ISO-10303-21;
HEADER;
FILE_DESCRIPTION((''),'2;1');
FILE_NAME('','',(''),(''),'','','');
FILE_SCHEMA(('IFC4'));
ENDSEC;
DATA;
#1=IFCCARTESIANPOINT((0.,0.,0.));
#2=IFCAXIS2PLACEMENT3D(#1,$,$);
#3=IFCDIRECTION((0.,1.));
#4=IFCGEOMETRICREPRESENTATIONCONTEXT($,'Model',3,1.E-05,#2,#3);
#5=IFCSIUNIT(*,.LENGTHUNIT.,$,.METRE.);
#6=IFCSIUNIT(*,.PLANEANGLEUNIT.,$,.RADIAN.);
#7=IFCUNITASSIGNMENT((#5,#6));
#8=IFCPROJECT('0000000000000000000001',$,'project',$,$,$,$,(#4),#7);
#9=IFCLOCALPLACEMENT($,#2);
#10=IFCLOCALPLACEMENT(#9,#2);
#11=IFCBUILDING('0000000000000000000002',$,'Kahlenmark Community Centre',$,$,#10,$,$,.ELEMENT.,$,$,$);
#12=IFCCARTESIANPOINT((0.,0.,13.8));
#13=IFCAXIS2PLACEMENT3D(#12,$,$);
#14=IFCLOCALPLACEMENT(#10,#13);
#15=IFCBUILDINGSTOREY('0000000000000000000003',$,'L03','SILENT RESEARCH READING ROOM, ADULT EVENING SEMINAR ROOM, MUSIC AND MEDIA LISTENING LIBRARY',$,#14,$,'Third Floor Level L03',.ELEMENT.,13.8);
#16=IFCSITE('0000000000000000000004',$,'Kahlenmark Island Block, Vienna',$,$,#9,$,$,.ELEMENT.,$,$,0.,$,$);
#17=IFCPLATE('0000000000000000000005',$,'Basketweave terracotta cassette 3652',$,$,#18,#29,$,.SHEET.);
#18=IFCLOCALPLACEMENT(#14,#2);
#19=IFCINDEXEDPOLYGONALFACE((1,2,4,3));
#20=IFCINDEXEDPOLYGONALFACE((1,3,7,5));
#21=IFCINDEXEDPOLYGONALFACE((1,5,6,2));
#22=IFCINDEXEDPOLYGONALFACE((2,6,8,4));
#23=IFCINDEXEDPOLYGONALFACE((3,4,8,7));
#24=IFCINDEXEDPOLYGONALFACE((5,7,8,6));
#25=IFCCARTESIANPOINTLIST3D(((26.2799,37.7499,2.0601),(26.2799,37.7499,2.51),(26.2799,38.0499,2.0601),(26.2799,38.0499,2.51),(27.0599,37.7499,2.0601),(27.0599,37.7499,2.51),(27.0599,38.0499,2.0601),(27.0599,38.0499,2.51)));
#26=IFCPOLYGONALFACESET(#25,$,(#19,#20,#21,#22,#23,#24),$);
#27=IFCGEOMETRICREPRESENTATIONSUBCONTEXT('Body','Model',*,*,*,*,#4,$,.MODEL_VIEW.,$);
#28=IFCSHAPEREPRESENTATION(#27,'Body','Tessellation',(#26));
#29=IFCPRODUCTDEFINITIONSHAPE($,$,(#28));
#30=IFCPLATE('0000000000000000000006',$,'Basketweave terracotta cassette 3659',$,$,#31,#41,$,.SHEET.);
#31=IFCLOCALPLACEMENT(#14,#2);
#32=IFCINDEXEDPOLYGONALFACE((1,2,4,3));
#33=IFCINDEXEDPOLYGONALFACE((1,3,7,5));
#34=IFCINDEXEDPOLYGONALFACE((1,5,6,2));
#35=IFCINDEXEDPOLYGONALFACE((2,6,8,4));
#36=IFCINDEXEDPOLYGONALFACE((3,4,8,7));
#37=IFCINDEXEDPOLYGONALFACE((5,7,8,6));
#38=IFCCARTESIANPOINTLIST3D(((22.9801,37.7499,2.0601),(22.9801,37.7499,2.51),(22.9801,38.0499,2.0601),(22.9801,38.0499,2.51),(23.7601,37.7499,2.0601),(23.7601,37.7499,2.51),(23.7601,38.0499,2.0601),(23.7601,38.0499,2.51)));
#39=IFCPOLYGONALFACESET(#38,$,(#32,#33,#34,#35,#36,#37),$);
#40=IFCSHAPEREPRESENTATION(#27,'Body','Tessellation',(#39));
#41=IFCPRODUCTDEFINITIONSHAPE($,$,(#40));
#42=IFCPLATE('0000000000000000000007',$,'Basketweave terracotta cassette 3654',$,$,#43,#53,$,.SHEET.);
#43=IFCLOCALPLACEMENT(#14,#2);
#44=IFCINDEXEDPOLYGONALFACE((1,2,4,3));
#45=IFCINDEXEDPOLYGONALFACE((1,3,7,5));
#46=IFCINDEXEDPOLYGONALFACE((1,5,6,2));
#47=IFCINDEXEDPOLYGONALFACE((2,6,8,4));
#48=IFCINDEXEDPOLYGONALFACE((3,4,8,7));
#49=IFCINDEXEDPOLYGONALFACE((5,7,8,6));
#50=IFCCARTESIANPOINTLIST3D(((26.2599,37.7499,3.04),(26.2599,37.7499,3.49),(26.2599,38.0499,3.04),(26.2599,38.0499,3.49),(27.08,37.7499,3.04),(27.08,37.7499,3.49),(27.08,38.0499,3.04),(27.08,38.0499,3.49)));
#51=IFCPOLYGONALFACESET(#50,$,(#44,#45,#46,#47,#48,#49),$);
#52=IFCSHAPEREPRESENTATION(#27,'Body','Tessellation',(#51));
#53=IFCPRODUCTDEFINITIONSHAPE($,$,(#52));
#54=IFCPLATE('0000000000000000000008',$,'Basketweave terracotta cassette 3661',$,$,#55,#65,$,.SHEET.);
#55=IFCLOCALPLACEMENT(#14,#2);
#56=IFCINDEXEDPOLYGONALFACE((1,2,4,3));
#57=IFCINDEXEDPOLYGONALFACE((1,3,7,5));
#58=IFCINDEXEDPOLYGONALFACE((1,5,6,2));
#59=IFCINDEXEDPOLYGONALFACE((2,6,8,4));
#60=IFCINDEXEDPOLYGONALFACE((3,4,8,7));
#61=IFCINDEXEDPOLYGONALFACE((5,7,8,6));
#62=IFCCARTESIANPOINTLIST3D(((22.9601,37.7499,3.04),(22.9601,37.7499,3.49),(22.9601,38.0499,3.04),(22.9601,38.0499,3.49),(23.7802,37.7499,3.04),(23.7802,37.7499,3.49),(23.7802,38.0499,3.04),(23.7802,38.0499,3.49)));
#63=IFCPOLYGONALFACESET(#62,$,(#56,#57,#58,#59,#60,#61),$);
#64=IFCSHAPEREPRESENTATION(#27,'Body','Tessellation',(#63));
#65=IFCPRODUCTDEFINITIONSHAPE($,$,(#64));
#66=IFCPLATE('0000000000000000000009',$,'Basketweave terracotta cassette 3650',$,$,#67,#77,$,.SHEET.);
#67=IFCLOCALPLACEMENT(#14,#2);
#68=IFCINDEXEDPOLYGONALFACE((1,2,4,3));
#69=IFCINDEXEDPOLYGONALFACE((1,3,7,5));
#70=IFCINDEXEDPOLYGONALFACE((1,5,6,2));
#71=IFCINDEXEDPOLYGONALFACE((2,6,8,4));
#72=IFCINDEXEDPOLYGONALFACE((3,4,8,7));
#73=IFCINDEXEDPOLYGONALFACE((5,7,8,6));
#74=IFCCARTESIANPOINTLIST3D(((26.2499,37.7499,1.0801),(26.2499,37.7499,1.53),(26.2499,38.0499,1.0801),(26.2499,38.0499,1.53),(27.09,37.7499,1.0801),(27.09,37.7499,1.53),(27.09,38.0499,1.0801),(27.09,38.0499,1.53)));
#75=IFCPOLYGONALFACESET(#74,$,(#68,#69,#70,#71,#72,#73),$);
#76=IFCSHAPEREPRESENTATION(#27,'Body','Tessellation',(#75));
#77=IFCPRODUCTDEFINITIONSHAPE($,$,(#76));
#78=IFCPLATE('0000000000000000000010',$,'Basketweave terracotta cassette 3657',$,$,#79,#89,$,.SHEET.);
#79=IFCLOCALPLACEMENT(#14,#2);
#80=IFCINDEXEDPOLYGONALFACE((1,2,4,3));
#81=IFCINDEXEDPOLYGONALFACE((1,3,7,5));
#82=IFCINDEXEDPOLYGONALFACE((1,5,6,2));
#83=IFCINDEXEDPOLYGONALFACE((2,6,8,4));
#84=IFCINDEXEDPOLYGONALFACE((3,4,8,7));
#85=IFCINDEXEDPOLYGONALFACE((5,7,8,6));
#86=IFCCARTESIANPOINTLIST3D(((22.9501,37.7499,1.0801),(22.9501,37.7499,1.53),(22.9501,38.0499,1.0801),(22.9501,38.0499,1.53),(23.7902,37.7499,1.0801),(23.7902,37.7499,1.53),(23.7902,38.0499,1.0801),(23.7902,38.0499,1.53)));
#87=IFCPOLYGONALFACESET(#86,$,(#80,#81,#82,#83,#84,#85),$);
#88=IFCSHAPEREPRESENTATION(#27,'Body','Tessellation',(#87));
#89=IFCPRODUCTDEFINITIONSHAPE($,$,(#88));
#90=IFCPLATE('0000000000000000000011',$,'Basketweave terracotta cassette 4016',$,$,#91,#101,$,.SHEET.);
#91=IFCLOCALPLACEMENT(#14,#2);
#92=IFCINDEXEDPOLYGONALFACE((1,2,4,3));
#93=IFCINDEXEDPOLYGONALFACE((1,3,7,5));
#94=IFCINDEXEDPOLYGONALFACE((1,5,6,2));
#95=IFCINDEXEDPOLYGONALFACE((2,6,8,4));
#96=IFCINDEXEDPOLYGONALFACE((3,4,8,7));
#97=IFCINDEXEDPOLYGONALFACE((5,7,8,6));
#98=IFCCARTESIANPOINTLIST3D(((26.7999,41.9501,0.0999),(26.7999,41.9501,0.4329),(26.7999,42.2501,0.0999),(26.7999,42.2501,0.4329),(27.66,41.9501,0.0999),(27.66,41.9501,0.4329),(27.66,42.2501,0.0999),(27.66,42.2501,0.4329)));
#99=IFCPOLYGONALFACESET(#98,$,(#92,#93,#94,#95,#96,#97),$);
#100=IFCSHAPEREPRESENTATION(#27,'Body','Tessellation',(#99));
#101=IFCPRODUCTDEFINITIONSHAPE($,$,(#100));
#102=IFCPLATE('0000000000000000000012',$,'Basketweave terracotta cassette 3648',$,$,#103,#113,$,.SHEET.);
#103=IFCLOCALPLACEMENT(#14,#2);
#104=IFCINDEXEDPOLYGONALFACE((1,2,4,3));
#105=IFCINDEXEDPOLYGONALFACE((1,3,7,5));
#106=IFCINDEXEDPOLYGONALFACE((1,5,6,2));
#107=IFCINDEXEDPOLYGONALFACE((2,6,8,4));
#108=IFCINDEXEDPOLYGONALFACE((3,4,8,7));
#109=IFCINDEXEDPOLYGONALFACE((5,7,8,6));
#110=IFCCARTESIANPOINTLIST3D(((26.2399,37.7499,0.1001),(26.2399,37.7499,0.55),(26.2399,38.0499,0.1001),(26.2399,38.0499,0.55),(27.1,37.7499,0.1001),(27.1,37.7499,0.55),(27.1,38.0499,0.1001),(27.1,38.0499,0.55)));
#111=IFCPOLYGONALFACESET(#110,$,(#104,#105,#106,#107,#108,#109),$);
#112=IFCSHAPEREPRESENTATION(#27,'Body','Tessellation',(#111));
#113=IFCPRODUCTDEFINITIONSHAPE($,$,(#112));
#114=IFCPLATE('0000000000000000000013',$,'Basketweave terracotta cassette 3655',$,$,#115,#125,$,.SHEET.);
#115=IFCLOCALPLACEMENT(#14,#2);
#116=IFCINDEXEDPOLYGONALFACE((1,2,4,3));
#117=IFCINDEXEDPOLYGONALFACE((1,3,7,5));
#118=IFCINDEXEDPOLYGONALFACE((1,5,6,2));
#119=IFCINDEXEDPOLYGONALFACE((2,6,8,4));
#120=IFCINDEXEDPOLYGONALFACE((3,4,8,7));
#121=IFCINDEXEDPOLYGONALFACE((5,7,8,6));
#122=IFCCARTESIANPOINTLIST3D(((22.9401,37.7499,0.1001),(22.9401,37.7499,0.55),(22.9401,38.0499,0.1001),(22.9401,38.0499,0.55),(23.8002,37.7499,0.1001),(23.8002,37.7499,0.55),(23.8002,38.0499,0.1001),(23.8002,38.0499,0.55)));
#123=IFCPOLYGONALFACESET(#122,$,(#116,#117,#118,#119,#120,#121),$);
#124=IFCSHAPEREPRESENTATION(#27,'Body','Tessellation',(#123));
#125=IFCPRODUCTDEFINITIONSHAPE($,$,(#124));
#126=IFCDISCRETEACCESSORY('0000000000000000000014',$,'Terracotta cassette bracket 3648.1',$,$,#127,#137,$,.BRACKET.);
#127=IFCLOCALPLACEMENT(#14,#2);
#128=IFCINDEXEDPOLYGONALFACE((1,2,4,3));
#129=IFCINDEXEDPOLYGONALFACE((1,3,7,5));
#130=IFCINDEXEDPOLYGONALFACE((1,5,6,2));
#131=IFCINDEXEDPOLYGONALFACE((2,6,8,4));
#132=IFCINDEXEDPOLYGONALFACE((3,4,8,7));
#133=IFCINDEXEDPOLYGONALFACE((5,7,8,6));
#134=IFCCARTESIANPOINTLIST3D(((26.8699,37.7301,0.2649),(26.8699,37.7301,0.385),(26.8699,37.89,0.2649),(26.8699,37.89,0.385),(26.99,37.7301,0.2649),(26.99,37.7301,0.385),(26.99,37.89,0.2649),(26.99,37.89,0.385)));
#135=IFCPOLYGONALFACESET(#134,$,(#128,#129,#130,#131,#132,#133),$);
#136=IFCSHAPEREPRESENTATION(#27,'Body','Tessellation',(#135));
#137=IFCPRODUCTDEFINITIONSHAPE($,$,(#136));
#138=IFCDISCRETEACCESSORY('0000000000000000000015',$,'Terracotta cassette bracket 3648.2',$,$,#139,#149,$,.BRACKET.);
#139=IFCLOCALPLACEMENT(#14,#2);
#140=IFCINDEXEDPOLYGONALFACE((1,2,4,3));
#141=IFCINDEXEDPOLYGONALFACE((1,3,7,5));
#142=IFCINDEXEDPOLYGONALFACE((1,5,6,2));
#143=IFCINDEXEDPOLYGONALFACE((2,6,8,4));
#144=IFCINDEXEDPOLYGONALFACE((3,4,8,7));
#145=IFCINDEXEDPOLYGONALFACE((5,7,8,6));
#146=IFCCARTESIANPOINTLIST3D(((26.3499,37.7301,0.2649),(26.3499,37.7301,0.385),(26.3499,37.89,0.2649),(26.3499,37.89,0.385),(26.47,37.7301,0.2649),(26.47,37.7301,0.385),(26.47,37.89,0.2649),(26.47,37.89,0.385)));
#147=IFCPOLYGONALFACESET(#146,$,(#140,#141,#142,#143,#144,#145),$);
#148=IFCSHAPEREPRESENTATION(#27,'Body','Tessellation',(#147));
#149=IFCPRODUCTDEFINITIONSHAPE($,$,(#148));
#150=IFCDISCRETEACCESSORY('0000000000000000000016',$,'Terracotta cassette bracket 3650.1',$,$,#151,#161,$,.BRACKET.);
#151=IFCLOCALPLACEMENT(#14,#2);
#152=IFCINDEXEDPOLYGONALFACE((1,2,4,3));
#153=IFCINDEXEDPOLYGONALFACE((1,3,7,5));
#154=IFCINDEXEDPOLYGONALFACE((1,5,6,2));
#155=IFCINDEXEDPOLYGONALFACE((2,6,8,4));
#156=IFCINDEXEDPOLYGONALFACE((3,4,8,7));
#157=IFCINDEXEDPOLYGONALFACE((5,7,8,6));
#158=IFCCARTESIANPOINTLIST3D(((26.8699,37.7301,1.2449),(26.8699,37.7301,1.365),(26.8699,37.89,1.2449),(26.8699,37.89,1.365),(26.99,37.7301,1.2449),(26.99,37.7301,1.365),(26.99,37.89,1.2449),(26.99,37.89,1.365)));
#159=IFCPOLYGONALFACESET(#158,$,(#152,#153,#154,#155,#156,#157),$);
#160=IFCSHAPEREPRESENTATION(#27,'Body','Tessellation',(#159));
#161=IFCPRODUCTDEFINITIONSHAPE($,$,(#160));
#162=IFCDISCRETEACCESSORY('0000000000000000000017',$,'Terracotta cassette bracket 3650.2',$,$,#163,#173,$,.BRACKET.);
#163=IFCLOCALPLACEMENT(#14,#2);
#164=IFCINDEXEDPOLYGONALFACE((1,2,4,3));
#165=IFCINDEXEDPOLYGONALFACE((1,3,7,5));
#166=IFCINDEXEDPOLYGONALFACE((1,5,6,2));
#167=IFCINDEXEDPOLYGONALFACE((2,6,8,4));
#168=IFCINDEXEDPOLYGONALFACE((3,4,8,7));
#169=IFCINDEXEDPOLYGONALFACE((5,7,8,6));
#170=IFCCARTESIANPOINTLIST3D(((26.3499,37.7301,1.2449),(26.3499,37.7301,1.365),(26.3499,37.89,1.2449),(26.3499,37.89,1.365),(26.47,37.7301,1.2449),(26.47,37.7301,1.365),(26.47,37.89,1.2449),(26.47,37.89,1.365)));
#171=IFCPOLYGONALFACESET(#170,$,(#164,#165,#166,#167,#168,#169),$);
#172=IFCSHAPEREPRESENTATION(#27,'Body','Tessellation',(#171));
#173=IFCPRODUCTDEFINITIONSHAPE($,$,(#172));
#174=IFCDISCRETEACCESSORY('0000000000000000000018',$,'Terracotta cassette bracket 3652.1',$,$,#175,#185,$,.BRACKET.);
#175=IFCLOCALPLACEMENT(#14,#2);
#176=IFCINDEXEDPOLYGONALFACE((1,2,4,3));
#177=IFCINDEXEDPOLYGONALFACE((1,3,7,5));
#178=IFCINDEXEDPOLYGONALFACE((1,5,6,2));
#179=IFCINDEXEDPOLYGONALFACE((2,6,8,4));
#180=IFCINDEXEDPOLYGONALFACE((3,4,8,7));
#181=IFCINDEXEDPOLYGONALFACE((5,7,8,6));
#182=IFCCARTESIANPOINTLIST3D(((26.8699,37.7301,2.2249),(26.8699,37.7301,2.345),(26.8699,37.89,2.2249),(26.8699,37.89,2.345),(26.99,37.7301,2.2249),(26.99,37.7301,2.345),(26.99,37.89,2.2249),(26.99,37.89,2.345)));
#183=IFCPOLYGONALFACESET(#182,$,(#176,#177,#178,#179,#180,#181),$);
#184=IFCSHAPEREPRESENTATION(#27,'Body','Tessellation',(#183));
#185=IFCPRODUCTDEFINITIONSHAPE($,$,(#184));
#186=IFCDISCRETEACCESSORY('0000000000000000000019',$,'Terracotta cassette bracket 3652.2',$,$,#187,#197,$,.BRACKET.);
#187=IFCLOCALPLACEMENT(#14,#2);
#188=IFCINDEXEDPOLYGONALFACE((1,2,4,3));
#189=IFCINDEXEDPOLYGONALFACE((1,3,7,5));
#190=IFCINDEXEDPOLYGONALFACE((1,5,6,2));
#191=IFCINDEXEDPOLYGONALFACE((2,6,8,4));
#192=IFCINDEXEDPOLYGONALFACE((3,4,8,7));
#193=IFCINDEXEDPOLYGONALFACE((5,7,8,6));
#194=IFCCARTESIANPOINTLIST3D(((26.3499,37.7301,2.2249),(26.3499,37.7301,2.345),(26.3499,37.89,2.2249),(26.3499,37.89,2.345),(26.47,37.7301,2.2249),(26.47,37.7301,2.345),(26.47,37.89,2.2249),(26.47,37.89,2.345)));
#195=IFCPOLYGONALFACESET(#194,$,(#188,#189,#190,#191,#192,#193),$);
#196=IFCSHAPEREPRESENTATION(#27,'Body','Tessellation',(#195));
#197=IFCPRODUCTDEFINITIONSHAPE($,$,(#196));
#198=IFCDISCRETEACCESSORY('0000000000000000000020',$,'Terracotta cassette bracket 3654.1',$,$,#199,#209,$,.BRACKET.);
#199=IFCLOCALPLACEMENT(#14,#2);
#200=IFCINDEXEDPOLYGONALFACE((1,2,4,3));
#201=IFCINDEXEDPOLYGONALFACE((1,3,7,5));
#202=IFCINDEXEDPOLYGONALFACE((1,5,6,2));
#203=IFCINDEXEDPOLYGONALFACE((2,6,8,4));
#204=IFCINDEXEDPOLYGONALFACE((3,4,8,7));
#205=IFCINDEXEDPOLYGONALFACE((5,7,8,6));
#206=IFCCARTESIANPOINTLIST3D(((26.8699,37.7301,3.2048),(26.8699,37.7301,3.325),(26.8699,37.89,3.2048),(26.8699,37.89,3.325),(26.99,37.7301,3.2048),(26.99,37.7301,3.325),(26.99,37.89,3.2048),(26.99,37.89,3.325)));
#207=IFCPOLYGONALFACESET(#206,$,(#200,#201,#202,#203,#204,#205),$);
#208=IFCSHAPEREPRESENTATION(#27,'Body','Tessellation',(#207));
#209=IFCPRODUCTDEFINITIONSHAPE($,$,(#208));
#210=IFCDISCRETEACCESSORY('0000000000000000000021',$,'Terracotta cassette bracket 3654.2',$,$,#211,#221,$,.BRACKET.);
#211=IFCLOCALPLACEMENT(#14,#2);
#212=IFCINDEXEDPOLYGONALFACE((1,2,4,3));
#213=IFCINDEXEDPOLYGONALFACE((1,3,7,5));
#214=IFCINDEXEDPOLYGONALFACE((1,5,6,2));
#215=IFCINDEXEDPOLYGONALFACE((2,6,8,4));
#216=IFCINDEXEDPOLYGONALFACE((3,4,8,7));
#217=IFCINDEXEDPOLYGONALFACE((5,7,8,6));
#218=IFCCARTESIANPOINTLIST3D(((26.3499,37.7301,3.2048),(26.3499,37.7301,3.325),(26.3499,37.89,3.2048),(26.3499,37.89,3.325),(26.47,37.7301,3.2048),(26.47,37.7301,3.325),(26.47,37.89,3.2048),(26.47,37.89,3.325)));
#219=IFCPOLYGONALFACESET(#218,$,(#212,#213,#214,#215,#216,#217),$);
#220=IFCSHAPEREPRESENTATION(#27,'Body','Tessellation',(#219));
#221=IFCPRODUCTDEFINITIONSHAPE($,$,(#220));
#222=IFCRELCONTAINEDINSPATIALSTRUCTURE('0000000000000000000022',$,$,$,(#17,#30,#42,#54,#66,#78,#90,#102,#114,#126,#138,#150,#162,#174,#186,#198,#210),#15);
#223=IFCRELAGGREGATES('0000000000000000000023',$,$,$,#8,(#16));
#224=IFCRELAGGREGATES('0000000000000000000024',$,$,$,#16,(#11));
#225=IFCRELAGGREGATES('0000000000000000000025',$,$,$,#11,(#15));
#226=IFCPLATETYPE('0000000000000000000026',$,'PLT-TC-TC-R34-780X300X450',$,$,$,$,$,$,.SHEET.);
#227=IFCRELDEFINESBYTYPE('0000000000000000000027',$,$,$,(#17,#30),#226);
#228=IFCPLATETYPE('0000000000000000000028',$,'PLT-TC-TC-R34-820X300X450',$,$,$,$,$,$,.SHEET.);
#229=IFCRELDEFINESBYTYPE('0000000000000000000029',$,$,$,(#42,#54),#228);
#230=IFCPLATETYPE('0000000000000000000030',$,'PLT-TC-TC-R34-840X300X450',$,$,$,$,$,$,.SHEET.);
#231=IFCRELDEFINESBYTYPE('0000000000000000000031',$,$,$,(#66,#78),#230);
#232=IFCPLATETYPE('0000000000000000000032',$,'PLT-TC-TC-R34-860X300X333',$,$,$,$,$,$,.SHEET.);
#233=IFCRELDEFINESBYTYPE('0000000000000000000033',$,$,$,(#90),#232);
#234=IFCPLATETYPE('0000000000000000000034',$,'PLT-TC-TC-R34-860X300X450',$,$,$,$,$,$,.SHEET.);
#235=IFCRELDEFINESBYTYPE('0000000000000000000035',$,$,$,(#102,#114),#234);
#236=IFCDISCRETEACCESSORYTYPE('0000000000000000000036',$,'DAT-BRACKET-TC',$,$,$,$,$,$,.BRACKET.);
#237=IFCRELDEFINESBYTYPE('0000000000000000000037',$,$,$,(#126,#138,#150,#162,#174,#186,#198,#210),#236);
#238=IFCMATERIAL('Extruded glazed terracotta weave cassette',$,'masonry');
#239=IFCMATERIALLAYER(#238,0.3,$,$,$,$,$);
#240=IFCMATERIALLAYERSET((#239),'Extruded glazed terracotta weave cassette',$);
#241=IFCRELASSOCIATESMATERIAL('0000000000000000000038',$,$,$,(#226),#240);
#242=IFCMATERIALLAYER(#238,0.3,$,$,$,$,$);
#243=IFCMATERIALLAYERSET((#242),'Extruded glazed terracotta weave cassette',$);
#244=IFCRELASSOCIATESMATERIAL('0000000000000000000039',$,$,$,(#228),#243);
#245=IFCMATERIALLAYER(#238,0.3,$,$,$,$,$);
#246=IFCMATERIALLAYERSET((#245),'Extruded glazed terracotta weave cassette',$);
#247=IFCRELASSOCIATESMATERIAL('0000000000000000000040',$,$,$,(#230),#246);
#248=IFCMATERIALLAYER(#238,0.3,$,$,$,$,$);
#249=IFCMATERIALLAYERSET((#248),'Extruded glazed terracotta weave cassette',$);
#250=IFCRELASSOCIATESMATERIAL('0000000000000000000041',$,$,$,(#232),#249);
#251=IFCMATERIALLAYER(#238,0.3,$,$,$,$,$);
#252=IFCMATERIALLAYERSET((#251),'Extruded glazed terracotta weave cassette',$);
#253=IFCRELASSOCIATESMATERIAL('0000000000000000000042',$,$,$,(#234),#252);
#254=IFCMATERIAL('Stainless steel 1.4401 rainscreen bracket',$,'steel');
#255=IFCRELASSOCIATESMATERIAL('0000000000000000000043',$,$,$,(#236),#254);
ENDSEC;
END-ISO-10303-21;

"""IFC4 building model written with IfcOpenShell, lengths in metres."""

from ifc_helpers import new_model, si_unit, direction, frame, origin, origin_2d, place, context, subcontext, project, spatial, rectangle, extrude, material, layer, layer_set, type_object, element, save


model = new_model("IFC4")

# Units and contexts
model_context = context("Model", 3, precision=1e-05, world=origin(), true_north=direction((0.0, 1.0)))
body_context = subcontext(model_context, "Body", "Model", "MODEL_VIEW")
ifc_project = project(units=[si_unit("LENGTHUNIT", "METRE"), si_unit("PLANEANGLEUNIT", "RADIAN")], contexts=[model_context])

# Site, building, storey
site_placement = place(None, origin())
site = spatial("IfcSite", under=ifc_project, at=site_placement, Name="Kahlenmark Island Block, Vienna", CompositionType="ELEMENT", RefElevation=0.0)
building_placement = place(site_placement, origin())
building = spatial("IfcBuilding", under=site, at=building_placement, Name="Kahlenmark Community Centre", CompositionType="ELEMENT")
storey_placement = place(building_placement, frame((0.0, 0.0, 13.8)))
storey = spatial("IfcBuildingStorey", under=building, at=storey_placement, Name="L03", Description="SILENT RESEARCH READING ROOM, ADULT EVENING SEMINAR ROOM, MUSIC AND MEDIA LISTENING LIBRARY", LongName="Third Floor Level L03", CompositionType="ELEMENT", Elevation=13.8)

# Plates
ifc_material_1 = material(Name="Extruded glazed terracotta weave cassette", Category="masonry")
ifc_layer_1 = layer(ifc_material_1, 0.3)
ifc_layer_set_1 = layer_set([ifc_layer_1], Name="Extruded glazed terracotta weave cassette")
plate_type_1 = type_object("IfcPlateType", Name="PLT-TC-TC-R34-780X300X450", PredefinedType="SHEET", material=ifc_layer_set_1)
for number, where, z_axis, x_axis, name in (
    (1, (26.6699, 37.8999, 2.0601), (0.0, 0.0, 1.0), (-1.0, 0.0, 0.0), "Basketweave terracotta cassette 3652"),
    (2, (23.3701, 37.8999, 2.0601), (0.0, 0.0, 1.0), (-1.0, 0.0, 0.0), "Basketweave terracotta cassette 3659"),
):
    element("IfcPlate", number, at=place(storey_placement, frame(where, z_axis=z_axis, x_axis=x_axis)), inside=storey, type_object=plate_type_1, Name=name, PredefinedType="SHEET", context=body_context, shape_type="SweptSolid", body=[
        extrude(rectangle(XDim=0.78, YDim=0.3, at=origin_2d()), origin(), (0.0, 0.0, 1.0), 0.45),
    ])
ifc_layer_2 = layer(ifc_material_1, 0.3)
ifc_layer_set_2 = layer_set([ifc_layer_2], Name="Extruded glazed terracotta weave cassette")
plate_type_2 = type_object("IfcPlateType", Name="PLT-TC-TC-R34-820X300X450", PredefinedType="SHEET", material=ifc_layer_set_2)
for number, where, z_axis, x_axis, name in (
    (3, (26.6699, 37.8999, 3.04), (0.0, 0.0, 1.0), (-1.0, 0.0, 0.0), "Basketweave terracotta cassette 3654"),
    (4, (23.3701, 37.8999, 3.04), (0.0, 0.0, 1.0), (-1.0, 0.0, 0.0), "Basketweave terracotta cassette 3661"),
):
    element("IfcPlate", number, at=place(storey_placement, frame(where, z_axis=z_axis, x_axis=x_axis)), inside=storey, type_object=plate_type_2, Name=name, PredefinedType="SHEET", context=body_context, shape_type="SweptSolid", body=[
        extrude(rectangle(XDim=0.8201, YDim=0.3, at=origin_2d()), origin(), (0.0, 0.0, 1.0), 0.45),
    ])
ifc_layer_3 = layer(ifc_material_1, 0.3)
ifc_layer_set_3 = layer_set([ifc_layer_3], Name="Extruded glazed terracotta weave cassette")
plate_type_3 = type_object("IfcPlateType", Name="PLT-TC-TC-R34-840X300X450", PredefinedType="SHEET", material=ifc_layer_set_3)
for number, where, z_axis, x_axis, name in (
    (5, (26.6699, 37.8999, 1.0801), (0.0, 0.0, 1.0), (-1.0, 0.0, 0.0), "Basketweave terracotta cassette 3650"),
    (6, (23.3701, 37.8999, 1.0801), (0.0, 0.0, 1.0), (-1.0, 0.0, 0.0), "Basketweave terracotta cassette 3657"),
):
    element("IfcPlate", number, at=place(storey_placement, frame(where, z_axis=z_axis, x_axis=x_axis)), inside=storey, type_object=plate_type_3, Name=name, PredefinedType="SHEET", context=body_context, shape_type="SweptSolid", body=[
        extrude(rectangle(XDim=0.8401, YDim=0.3, at=origin_2d()), origin(), (0.0, 0.0, 1.0), 0.45),
    ])
ifc_layer_4 = layer(ifc_material_1, 0.3)
ifc_layer_set_4 = layer_set([ifc_layer_4], Name="Extruded glazed terracotta weave cassette")
plate_type_4 = type_object("IfcPlateType", Name="PLT-TC-TC-R34-860X300X333", PredefinedType="SHEET", material=ifc_layer_set_4)
plate_placement = place(storey_placement, frame((27.23, 42.1001, 0.0999), z_axis=(0.0, 0.0, 1.0), x_axis=(1.0, 0.0, 0.0)))
element("IfcPlate", 7, at=plate_placement, inside=storey, type_object=plate_type_4, Name="Basketweave terracotta cassette 4016", PredefinedType="SHEET", context=body_context, shape_type="SweptSolid", body=[
    extrude(rectangle(XDim=0.8601, YDim=0.3, at=origin_2d()), origin(), (0.0, 0.0, 1.0), 0.333),
])
ifc_layer_5 = layer(ifc_material_1, 0.3)
ifc_layer_set_5 = layer_set([ifc_layer_5], Name="Extruded glazed terracotta weave cassette")
plate_type_5 = type_object("IfcPlateType", Name="PLT-TC-TC-R34-860X300X450", PredefinedType="SHEET", material=ifc_layer_set_5)
for number, where, z_axis, x_axis, name in (
    (8, (26.6699, 37.8999, 0.1001), (0.0, 0.0, 1.0), (-1.0, 0.0, 0.0), "Basketweave terracotta cassette 3648"),
    (9, (23.3701, 37.8999, 0.1001), (0.0, 0.0, 1.0), (-1.0, 0.0, 0.0), "Basketweave terracotta cassette 3655"),
):
    element("IfcPlate", number, at=place(storey_placement, frame(where, z_axis=z_axis, x_axis=x_axis)), inside=storey, type_object=plate_type_5, Name=name, PredefinedType="SHEET", context=body_context, shape_type="SweptSolid", body=[
        extrude(rectangle(XDim=0.8601, YDim=0.3, at=origin_2d()), origin(), (0.0, 0.0, 1.0), 0.45),
    ])

# Discrete accessories
ifc_material_2 = material(Name="Stainless steel 1.4401 rainscreen bracket", Category="steel")
discrete_accessory_type = type_object("IfcDiscreteAccessoryType", Name="DAT-BRACKET-TC", PredefinedType="BRACKET", material=ifc_material_2)
for number, where, z_axis, x_axis, name in (
    (10, (26.9299, 37.8101, 0.2649), (0.0, 0.0, 1.0), (-1.0, 0.0, 0.0), "Terracotta cassette bracket 3648.1"),
    (11, (26.4099, 37.8101, 0.2649), (0.0, 0.0, 1.0), (-1.0, 0.0, 0.0), "Terracotta cassette bracket 3648.2"),
    (12, (26.9299, 37.8101, 1.2449), (0.0, 0.0, 1.0), (-1.0, 0.0, 0.0), "Terracotta cassette bracket 3650.1"),
    (13, (26.4099, 37.8101, 1.2449), (0.0, 0.0, 1.0), (-1.0, 0.0, 0.0), "Terracotta cassette bracket 3650.2"),
    (14, (26.9299, 37.8101, 2.2249), (0.0, 0.0, 1.0), (-1.0, 0.0, 0.0), "Terracotta cassette bracket 3652.1"),
    (15, (26.4099, 37.8101, 2.2249), (0.0, 0.0, 1.0), (-1.0, 0.0, 0.0), "Terracotta cassette bracket 3652.2"),
    (16, (26.9299, 37.8101, 3.2048), (0.0, 0.0, 1.0), (-1.0, 0.0, 0.0), "Terracotta cassette bracket 3654.1"),
    (17, (26.4099, 37.8101, 3.2048), (0.0, 0.0, 1.0), (-1.0, 0.0, 0.0), "Terracotta cassette bracket 3654.2"),
):
    element("IfcDiscreteAccessory", number, at=place(storey_placement, frame(where, z_axis=z_axis, x_axis=x_axis)), inside=storey, type_object=discrete_accessory_type, Name=name, PredefinedType="BRACKET", context=body_context, shape_type="SweptSolid", body=[
        extrude(rectangle(XDim=0.1201, YDim=0.1599, at=origin_2d()), origin(), (0.0, 0.0, 1.0), 0.1201),
    ])

save(model, "model.ifc")
